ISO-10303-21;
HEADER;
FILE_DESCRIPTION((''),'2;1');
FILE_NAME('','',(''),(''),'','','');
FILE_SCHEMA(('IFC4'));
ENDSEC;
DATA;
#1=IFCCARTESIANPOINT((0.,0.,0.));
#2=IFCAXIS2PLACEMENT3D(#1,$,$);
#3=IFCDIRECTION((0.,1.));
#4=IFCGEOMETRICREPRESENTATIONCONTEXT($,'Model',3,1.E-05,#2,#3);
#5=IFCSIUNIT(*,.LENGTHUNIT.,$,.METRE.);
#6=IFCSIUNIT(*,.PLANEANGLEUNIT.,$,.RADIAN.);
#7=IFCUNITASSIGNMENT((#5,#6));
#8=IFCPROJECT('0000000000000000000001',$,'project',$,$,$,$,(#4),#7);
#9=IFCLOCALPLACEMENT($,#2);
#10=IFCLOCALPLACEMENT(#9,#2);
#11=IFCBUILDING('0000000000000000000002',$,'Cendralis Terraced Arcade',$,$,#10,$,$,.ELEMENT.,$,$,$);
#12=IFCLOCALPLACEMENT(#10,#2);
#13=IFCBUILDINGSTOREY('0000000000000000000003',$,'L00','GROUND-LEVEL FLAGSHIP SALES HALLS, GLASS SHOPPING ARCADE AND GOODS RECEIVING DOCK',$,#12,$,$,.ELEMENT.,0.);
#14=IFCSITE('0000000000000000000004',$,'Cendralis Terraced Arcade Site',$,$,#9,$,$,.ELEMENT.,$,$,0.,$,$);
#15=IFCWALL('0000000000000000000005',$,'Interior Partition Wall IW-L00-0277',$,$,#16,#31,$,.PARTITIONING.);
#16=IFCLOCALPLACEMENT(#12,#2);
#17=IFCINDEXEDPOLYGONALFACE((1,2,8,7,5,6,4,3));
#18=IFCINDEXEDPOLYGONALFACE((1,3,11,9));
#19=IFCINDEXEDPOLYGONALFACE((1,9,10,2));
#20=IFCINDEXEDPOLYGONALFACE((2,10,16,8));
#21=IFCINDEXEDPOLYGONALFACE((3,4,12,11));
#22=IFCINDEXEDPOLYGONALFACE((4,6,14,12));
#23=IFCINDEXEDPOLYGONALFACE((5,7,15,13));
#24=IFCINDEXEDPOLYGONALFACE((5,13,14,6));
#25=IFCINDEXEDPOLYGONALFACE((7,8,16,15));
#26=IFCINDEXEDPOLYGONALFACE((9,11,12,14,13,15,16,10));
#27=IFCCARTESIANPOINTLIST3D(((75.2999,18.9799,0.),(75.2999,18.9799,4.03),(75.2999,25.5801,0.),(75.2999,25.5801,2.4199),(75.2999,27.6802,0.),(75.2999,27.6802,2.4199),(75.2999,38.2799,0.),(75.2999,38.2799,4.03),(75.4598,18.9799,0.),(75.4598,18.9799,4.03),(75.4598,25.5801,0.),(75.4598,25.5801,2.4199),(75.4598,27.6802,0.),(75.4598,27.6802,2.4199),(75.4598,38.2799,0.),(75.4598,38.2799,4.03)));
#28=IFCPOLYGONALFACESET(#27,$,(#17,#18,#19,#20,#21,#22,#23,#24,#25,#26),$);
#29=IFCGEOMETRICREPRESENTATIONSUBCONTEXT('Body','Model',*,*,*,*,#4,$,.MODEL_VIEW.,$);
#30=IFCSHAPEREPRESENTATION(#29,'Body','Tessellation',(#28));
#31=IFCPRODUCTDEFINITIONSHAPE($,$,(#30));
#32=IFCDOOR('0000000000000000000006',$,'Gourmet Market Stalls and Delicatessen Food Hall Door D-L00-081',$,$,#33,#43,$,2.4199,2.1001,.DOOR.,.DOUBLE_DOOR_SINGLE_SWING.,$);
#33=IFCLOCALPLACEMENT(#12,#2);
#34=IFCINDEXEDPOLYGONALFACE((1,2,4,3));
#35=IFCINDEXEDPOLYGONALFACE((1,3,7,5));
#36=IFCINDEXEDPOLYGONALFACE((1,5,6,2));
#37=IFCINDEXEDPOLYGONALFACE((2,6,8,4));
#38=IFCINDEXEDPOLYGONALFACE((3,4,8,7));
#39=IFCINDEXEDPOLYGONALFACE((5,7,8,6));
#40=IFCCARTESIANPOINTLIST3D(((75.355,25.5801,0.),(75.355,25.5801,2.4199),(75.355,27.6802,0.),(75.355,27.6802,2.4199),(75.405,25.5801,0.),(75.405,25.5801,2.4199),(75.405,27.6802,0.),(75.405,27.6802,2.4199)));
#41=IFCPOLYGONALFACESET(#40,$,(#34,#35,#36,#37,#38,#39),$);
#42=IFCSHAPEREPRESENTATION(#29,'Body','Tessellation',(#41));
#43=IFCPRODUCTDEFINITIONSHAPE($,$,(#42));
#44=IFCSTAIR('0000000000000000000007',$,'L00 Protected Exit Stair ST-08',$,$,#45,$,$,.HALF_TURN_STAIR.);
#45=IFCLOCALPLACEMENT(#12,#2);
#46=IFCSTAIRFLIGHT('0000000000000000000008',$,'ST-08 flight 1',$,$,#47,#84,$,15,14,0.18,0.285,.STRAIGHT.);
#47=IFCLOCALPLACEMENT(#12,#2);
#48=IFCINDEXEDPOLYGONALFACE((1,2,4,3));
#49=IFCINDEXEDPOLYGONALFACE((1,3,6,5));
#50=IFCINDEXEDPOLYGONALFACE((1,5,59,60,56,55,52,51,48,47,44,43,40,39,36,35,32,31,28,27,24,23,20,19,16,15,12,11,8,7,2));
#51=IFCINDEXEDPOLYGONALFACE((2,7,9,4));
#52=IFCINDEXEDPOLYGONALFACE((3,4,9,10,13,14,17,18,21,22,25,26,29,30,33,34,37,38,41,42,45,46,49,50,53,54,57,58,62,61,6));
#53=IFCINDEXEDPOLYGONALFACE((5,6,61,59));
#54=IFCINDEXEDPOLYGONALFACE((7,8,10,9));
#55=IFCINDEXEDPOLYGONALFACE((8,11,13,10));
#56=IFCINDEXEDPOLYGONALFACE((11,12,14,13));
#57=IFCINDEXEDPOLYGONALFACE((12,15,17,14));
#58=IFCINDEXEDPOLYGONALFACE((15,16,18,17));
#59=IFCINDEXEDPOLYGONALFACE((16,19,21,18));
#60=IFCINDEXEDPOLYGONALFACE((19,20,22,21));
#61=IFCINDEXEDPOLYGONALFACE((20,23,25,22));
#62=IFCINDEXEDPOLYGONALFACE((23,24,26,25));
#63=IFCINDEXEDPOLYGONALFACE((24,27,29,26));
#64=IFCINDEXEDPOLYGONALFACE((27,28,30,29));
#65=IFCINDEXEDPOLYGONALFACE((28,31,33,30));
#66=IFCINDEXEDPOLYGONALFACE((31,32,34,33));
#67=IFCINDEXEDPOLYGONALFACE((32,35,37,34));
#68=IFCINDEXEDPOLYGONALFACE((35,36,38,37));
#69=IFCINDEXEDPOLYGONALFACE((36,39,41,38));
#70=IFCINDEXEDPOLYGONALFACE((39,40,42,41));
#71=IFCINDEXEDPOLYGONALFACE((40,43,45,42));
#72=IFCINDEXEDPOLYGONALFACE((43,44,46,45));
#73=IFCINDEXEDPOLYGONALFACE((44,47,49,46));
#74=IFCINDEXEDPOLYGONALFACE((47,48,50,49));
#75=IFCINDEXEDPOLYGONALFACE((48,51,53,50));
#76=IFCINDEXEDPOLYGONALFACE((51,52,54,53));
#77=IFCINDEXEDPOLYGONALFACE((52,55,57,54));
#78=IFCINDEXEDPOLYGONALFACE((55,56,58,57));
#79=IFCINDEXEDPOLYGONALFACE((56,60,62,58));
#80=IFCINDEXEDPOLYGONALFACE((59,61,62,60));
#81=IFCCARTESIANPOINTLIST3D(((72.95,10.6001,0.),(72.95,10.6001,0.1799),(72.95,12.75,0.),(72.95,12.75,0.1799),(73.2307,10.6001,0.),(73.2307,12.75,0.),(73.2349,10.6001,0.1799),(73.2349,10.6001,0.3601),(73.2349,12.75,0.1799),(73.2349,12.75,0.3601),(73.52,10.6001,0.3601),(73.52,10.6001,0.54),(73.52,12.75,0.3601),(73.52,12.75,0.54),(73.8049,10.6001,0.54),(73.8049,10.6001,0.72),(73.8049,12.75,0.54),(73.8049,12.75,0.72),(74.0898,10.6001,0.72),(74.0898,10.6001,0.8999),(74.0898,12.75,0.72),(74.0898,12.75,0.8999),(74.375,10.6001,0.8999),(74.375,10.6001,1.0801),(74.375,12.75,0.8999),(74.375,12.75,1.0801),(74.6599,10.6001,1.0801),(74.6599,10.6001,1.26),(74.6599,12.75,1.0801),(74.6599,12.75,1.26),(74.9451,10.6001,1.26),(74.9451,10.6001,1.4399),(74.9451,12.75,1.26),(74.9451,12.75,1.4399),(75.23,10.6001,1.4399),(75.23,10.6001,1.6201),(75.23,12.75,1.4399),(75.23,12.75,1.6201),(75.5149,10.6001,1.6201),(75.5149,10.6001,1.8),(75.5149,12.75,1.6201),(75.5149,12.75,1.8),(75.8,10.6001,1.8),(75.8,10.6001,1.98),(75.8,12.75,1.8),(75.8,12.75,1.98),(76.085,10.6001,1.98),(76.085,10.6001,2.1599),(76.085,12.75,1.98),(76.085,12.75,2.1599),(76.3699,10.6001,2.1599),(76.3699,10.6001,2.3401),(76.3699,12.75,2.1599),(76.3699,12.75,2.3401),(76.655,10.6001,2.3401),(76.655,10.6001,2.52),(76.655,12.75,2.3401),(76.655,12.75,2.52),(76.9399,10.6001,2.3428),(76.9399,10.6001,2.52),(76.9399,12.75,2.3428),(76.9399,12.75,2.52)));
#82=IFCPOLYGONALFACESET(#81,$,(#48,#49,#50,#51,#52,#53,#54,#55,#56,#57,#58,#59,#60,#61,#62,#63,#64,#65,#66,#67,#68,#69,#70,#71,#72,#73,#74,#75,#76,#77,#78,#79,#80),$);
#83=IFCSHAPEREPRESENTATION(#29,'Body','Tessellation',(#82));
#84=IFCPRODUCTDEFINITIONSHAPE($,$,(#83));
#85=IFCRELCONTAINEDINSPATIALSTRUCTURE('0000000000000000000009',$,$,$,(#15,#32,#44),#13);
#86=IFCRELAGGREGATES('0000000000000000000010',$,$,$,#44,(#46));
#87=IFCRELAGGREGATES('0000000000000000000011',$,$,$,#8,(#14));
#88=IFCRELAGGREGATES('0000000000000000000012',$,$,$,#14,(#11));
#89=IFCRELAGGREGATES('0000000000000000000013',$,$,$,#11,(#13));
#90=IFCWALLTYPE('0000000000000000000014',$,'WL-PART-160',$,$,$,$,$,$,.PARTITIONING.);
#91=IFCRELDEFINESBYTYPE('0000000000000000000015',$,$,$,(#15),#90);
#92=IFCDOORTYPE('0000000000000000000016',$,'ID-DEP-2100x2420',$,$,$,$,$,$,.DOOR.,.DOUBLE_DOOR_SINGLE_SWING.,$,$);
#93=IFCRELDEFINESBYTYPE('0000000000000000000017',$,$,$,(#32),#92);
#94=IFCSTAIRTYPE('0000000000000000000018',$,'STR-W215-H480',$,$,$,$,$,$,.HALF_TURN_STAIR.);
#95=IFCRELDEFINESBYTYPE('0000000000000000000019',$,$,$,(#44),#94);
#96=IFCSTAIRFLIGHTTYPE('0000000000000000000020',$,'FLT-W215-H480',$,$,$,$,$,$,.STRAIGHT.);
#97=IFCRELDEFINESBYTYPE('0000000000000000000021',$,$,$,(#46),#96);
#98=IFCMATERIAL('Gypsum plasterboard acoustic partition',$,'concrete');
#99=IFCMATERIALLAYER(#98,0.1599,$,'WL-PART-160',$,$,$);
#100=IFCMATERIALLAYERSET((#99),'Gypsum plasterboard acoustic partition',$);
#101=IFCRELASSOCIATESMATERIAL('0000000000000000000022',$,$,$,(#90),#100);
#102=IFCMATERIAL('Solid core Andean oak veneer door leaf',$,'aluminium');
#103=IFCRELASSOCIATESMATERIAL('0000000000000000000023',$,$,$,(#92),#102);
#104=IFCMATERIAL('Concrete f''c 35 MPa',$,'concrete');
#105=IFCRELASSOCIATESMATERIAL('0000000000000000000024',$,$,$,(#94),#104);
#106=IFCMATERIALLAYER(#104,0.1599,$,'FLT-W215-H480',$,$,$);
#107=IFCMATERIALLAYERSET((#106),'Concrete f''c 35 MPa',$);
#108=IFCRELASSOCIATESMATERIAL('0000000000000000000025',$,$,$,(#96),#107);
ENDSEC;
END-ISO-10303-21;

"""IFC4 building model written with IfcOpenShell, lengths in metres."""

from ifc_helpers import new_model, si_unit, direction, frame, frame_2d, origin, place, context, subcontext, project, spatial, polyline, rectangle, outline, extrude, material, layer, layer_set, type_object, element, fill, aggregate, save


model = new_model("IFC4")

# Units and contexts
model_context = context("Model", 3, precision=1e-05, world=origin(), true_north=direction((0.0, 1.0)))
body_context = subcontext(model_context, "Body", "Model", "MODEL_VIEW")
ifc_project = project(units=[si_unit("LENGTHUNIT", "METRE"), si_unit("PLANEANGLEUNIT", "RADIAN")], contexts=[model_context])

# Site, building, storey
site_placement = place(None, origin())
site = spatial("IfcSite", under=ifc_project, at=site_placement, Name="Cendralis Terraced Arcade Site", CompositionType="ELEMENT", RefElevation=0.0)
building_placement = place(site_placement, origin())
building = spatial("IfcBuilding", under=site, at=building_placement, Name="Cendralis Terraced Arcade", CompositionType="ELEMENT")
storey_placement = place(building_placement, origin())
storey = spatial("IfcBuildingStorey", under=building, at=storey_placement, Name="L00", Description="GROUND-LEVEL FLAGSHIP SALES HALLS, GLASS SHOPPING ARCADE AND GOODS RECEIVING DOCK", CompositionType="ELEMENT", Elevation=0.0)

# Shared definitions
ifc_material_1 = material(Name="Concrete f'c 35 MPa", Category="concrete")

# Shared definitions
ifc_material_2 = material(Name="Solid core Andean oak veneer door leaf", Category="aluminium")

# Shared definitions
ifc_material_3 = material(Name="Gypsum plasterboard acoustic partition", Category="concrete")

# Wall, opening, door
ifc_layer_1 = layer(ifc_material_3, 0.1599, Name="WL-PART-160")
ifc_layer_set_1 = layer_set([ifc_layer_1], Name="Gypsum plasterboard acoustic partition")
wall_type_1 = type_object("IfcWallType", Name="WL-PART-160", PredefinedType="PARTITIONING", material=ifc_layer_set_1)
wall_1_placement = place(storey_placement, frame((75.3799, 18.98, 0.0), z_axis=(0.0, 0.0, 1.0), x_axis=(0.0, 1.0, 0.0)))
wall_1 = element("IfcWall", 1, at=wall_1_placement, inside=storey, type_object=wall_type_1, Name="Interior Partition Wall IW-L00-0277", PredefinedType="PARTITIONING", context=body_context, shape_type="SweptSolid", body=[
    extrude(rectangle(XDim=19.3, YDim=0.1599, at=frame_2d((9.6499, 0.0))), origin(), (0.0, 0.0, 1.0), 4.03),
])
opening_1_placement = place(wall_1_placement, frame((6.6001, 0.0, 0.0)))
opening_1 = element("IfcOpeningElement", 2, at=opening_1_placement, cuts=wall_1, PredefinedType="OPENING", context=body_context, shape_type="SweptSolid", body=[
    extrude(rectangle(XDim=2.1001, YDim=2.4199, at=frame_2d((1.05, 1.21))), frame((0.0, 0.0918, 0.0), z_axis=(0.0, -1.0, 0.0), x_axis=(1.0, 0.0, 0.0)), (0.0, 0.0, 1.0), 0.1838),
])
door_type_1 = type_object("IfcDoorType", Name="ID-DEP-2100x2420", OperationType="DOUBLE_DOOR_SINGLE_SWING", PredefinedType="DOOR", material=ifc_material_2)
door_1_placement = place(opening_1_placement, origin())
door_1 = element("IfcDoor", 3, at=door_1_placement, inside=storey, type_object=door_type_1, Name="Gourmet Market Stalls and Delicatessen Food Hall Door D-L00-081", OperationType="DOUBLE_DOOR_SINGLE_SWING", OverallHeight=2.4199, OverallWidth=2.1001, PredefinedType="DOOR", context=body_context, shape_type="SweptSolid", body=[
    extrude(rectangle(XDim=2.1001, YDim=2.4199, at=frame_2d((1.05, 1.21))), frame((0.0, 0.0249, 0.0), z_axis=(0.0, -1.0, 0.0), x_axis=(1.0, 0.0, 0.0)), (0.0, 0.0, 1.0), 0.05),
])
fill(opening_1, door_1)

# Stair, stair flight
stair_type = type_object("IfcStairType", Name="STR-W215-H480", PredefinedType="HALF_TURN_STAIR", material=ifc_material_1)
stair_placement = place(storey_placement, origin())
stair = element("IfcStair", 4, at=stair_placement, inside=storey, type_object=stair_type, Name="L00 Protected Exit Stair ST-08", PredefinedType="HALF_TURN_STAIR")
ifc_layer_2 = layer(ifc_material_1, 0.1599, Name="FLT-W215-H480")
ifc_layer_set_2 = layer_set([ifc_layer_2], Name="Concrete f'c 35 MPa")
stair_flight_type = type_object("IfcStairFlightType", Name="FLT-W215-H480", PredefinedType="STRAIGHT", material=ifc_layer_set_2)
stair_flight_placement = place(storey_placement, frame((72.95, 11.675, 0.0), z_axis=(0.0, 0.0, 1.0), x_axis=(1.0, 0.0, 0.0)))
stair_flight = element("IfcStairFlight", 5, at=stair_flight_placement, type_object=stair_flight_type, Name="ST-08 flight 1", NumberOfRisers=15, NumberOfTreads=14, PredefinedType="STRAIGHT", RiserHeight=0.18, TreadLength=0.285, context=body_context, shape_type="SweptSolid", body=[
    extrude(outline(polyline([(0.0, 0.0), (0.0, 0.1799), (0.2849, 0.1799), (0.2849, 0.3601), (0.5701, 0.3601), (0.5701, 0.54), (0.855, 0.54), (0.855, 0.72), (1.1399, 0.72), (1.1399, 0.8999), (1.425, 0.8999), (1.425, 1.0801), (1.71, 1.0801), (1.71, 1.26), (1.9951, 1.26), (1.9951, 1.4399), (2.28, 1.4399), (2.28, 1.6201), (2.5649, 1.6201), (2.5649, 1.8), (2.8501, 1.8), (2.8501, 1.98), (3.135, 1.98), (3.135, 2.1599), (3.4199, 2.1599), (3.4199, 2.3401), (3.7051, 2.3401), (3.7051, 2.52), (3.99, 2.52), (3.99, 2.7), (3.99, 2.3428), (0.2808, 0.0), (0.0, 0.0)])), frame((0.0, 1.075, 0.0), z_axis=(0.0, -1.0, 0.0), x_axis=(1.0, 0.0, 0.0)), (0.0, 0.0, 1.0), 2.1499),
])
aggregate(stair, [stair_flight])

save(model, "model.ifc")
